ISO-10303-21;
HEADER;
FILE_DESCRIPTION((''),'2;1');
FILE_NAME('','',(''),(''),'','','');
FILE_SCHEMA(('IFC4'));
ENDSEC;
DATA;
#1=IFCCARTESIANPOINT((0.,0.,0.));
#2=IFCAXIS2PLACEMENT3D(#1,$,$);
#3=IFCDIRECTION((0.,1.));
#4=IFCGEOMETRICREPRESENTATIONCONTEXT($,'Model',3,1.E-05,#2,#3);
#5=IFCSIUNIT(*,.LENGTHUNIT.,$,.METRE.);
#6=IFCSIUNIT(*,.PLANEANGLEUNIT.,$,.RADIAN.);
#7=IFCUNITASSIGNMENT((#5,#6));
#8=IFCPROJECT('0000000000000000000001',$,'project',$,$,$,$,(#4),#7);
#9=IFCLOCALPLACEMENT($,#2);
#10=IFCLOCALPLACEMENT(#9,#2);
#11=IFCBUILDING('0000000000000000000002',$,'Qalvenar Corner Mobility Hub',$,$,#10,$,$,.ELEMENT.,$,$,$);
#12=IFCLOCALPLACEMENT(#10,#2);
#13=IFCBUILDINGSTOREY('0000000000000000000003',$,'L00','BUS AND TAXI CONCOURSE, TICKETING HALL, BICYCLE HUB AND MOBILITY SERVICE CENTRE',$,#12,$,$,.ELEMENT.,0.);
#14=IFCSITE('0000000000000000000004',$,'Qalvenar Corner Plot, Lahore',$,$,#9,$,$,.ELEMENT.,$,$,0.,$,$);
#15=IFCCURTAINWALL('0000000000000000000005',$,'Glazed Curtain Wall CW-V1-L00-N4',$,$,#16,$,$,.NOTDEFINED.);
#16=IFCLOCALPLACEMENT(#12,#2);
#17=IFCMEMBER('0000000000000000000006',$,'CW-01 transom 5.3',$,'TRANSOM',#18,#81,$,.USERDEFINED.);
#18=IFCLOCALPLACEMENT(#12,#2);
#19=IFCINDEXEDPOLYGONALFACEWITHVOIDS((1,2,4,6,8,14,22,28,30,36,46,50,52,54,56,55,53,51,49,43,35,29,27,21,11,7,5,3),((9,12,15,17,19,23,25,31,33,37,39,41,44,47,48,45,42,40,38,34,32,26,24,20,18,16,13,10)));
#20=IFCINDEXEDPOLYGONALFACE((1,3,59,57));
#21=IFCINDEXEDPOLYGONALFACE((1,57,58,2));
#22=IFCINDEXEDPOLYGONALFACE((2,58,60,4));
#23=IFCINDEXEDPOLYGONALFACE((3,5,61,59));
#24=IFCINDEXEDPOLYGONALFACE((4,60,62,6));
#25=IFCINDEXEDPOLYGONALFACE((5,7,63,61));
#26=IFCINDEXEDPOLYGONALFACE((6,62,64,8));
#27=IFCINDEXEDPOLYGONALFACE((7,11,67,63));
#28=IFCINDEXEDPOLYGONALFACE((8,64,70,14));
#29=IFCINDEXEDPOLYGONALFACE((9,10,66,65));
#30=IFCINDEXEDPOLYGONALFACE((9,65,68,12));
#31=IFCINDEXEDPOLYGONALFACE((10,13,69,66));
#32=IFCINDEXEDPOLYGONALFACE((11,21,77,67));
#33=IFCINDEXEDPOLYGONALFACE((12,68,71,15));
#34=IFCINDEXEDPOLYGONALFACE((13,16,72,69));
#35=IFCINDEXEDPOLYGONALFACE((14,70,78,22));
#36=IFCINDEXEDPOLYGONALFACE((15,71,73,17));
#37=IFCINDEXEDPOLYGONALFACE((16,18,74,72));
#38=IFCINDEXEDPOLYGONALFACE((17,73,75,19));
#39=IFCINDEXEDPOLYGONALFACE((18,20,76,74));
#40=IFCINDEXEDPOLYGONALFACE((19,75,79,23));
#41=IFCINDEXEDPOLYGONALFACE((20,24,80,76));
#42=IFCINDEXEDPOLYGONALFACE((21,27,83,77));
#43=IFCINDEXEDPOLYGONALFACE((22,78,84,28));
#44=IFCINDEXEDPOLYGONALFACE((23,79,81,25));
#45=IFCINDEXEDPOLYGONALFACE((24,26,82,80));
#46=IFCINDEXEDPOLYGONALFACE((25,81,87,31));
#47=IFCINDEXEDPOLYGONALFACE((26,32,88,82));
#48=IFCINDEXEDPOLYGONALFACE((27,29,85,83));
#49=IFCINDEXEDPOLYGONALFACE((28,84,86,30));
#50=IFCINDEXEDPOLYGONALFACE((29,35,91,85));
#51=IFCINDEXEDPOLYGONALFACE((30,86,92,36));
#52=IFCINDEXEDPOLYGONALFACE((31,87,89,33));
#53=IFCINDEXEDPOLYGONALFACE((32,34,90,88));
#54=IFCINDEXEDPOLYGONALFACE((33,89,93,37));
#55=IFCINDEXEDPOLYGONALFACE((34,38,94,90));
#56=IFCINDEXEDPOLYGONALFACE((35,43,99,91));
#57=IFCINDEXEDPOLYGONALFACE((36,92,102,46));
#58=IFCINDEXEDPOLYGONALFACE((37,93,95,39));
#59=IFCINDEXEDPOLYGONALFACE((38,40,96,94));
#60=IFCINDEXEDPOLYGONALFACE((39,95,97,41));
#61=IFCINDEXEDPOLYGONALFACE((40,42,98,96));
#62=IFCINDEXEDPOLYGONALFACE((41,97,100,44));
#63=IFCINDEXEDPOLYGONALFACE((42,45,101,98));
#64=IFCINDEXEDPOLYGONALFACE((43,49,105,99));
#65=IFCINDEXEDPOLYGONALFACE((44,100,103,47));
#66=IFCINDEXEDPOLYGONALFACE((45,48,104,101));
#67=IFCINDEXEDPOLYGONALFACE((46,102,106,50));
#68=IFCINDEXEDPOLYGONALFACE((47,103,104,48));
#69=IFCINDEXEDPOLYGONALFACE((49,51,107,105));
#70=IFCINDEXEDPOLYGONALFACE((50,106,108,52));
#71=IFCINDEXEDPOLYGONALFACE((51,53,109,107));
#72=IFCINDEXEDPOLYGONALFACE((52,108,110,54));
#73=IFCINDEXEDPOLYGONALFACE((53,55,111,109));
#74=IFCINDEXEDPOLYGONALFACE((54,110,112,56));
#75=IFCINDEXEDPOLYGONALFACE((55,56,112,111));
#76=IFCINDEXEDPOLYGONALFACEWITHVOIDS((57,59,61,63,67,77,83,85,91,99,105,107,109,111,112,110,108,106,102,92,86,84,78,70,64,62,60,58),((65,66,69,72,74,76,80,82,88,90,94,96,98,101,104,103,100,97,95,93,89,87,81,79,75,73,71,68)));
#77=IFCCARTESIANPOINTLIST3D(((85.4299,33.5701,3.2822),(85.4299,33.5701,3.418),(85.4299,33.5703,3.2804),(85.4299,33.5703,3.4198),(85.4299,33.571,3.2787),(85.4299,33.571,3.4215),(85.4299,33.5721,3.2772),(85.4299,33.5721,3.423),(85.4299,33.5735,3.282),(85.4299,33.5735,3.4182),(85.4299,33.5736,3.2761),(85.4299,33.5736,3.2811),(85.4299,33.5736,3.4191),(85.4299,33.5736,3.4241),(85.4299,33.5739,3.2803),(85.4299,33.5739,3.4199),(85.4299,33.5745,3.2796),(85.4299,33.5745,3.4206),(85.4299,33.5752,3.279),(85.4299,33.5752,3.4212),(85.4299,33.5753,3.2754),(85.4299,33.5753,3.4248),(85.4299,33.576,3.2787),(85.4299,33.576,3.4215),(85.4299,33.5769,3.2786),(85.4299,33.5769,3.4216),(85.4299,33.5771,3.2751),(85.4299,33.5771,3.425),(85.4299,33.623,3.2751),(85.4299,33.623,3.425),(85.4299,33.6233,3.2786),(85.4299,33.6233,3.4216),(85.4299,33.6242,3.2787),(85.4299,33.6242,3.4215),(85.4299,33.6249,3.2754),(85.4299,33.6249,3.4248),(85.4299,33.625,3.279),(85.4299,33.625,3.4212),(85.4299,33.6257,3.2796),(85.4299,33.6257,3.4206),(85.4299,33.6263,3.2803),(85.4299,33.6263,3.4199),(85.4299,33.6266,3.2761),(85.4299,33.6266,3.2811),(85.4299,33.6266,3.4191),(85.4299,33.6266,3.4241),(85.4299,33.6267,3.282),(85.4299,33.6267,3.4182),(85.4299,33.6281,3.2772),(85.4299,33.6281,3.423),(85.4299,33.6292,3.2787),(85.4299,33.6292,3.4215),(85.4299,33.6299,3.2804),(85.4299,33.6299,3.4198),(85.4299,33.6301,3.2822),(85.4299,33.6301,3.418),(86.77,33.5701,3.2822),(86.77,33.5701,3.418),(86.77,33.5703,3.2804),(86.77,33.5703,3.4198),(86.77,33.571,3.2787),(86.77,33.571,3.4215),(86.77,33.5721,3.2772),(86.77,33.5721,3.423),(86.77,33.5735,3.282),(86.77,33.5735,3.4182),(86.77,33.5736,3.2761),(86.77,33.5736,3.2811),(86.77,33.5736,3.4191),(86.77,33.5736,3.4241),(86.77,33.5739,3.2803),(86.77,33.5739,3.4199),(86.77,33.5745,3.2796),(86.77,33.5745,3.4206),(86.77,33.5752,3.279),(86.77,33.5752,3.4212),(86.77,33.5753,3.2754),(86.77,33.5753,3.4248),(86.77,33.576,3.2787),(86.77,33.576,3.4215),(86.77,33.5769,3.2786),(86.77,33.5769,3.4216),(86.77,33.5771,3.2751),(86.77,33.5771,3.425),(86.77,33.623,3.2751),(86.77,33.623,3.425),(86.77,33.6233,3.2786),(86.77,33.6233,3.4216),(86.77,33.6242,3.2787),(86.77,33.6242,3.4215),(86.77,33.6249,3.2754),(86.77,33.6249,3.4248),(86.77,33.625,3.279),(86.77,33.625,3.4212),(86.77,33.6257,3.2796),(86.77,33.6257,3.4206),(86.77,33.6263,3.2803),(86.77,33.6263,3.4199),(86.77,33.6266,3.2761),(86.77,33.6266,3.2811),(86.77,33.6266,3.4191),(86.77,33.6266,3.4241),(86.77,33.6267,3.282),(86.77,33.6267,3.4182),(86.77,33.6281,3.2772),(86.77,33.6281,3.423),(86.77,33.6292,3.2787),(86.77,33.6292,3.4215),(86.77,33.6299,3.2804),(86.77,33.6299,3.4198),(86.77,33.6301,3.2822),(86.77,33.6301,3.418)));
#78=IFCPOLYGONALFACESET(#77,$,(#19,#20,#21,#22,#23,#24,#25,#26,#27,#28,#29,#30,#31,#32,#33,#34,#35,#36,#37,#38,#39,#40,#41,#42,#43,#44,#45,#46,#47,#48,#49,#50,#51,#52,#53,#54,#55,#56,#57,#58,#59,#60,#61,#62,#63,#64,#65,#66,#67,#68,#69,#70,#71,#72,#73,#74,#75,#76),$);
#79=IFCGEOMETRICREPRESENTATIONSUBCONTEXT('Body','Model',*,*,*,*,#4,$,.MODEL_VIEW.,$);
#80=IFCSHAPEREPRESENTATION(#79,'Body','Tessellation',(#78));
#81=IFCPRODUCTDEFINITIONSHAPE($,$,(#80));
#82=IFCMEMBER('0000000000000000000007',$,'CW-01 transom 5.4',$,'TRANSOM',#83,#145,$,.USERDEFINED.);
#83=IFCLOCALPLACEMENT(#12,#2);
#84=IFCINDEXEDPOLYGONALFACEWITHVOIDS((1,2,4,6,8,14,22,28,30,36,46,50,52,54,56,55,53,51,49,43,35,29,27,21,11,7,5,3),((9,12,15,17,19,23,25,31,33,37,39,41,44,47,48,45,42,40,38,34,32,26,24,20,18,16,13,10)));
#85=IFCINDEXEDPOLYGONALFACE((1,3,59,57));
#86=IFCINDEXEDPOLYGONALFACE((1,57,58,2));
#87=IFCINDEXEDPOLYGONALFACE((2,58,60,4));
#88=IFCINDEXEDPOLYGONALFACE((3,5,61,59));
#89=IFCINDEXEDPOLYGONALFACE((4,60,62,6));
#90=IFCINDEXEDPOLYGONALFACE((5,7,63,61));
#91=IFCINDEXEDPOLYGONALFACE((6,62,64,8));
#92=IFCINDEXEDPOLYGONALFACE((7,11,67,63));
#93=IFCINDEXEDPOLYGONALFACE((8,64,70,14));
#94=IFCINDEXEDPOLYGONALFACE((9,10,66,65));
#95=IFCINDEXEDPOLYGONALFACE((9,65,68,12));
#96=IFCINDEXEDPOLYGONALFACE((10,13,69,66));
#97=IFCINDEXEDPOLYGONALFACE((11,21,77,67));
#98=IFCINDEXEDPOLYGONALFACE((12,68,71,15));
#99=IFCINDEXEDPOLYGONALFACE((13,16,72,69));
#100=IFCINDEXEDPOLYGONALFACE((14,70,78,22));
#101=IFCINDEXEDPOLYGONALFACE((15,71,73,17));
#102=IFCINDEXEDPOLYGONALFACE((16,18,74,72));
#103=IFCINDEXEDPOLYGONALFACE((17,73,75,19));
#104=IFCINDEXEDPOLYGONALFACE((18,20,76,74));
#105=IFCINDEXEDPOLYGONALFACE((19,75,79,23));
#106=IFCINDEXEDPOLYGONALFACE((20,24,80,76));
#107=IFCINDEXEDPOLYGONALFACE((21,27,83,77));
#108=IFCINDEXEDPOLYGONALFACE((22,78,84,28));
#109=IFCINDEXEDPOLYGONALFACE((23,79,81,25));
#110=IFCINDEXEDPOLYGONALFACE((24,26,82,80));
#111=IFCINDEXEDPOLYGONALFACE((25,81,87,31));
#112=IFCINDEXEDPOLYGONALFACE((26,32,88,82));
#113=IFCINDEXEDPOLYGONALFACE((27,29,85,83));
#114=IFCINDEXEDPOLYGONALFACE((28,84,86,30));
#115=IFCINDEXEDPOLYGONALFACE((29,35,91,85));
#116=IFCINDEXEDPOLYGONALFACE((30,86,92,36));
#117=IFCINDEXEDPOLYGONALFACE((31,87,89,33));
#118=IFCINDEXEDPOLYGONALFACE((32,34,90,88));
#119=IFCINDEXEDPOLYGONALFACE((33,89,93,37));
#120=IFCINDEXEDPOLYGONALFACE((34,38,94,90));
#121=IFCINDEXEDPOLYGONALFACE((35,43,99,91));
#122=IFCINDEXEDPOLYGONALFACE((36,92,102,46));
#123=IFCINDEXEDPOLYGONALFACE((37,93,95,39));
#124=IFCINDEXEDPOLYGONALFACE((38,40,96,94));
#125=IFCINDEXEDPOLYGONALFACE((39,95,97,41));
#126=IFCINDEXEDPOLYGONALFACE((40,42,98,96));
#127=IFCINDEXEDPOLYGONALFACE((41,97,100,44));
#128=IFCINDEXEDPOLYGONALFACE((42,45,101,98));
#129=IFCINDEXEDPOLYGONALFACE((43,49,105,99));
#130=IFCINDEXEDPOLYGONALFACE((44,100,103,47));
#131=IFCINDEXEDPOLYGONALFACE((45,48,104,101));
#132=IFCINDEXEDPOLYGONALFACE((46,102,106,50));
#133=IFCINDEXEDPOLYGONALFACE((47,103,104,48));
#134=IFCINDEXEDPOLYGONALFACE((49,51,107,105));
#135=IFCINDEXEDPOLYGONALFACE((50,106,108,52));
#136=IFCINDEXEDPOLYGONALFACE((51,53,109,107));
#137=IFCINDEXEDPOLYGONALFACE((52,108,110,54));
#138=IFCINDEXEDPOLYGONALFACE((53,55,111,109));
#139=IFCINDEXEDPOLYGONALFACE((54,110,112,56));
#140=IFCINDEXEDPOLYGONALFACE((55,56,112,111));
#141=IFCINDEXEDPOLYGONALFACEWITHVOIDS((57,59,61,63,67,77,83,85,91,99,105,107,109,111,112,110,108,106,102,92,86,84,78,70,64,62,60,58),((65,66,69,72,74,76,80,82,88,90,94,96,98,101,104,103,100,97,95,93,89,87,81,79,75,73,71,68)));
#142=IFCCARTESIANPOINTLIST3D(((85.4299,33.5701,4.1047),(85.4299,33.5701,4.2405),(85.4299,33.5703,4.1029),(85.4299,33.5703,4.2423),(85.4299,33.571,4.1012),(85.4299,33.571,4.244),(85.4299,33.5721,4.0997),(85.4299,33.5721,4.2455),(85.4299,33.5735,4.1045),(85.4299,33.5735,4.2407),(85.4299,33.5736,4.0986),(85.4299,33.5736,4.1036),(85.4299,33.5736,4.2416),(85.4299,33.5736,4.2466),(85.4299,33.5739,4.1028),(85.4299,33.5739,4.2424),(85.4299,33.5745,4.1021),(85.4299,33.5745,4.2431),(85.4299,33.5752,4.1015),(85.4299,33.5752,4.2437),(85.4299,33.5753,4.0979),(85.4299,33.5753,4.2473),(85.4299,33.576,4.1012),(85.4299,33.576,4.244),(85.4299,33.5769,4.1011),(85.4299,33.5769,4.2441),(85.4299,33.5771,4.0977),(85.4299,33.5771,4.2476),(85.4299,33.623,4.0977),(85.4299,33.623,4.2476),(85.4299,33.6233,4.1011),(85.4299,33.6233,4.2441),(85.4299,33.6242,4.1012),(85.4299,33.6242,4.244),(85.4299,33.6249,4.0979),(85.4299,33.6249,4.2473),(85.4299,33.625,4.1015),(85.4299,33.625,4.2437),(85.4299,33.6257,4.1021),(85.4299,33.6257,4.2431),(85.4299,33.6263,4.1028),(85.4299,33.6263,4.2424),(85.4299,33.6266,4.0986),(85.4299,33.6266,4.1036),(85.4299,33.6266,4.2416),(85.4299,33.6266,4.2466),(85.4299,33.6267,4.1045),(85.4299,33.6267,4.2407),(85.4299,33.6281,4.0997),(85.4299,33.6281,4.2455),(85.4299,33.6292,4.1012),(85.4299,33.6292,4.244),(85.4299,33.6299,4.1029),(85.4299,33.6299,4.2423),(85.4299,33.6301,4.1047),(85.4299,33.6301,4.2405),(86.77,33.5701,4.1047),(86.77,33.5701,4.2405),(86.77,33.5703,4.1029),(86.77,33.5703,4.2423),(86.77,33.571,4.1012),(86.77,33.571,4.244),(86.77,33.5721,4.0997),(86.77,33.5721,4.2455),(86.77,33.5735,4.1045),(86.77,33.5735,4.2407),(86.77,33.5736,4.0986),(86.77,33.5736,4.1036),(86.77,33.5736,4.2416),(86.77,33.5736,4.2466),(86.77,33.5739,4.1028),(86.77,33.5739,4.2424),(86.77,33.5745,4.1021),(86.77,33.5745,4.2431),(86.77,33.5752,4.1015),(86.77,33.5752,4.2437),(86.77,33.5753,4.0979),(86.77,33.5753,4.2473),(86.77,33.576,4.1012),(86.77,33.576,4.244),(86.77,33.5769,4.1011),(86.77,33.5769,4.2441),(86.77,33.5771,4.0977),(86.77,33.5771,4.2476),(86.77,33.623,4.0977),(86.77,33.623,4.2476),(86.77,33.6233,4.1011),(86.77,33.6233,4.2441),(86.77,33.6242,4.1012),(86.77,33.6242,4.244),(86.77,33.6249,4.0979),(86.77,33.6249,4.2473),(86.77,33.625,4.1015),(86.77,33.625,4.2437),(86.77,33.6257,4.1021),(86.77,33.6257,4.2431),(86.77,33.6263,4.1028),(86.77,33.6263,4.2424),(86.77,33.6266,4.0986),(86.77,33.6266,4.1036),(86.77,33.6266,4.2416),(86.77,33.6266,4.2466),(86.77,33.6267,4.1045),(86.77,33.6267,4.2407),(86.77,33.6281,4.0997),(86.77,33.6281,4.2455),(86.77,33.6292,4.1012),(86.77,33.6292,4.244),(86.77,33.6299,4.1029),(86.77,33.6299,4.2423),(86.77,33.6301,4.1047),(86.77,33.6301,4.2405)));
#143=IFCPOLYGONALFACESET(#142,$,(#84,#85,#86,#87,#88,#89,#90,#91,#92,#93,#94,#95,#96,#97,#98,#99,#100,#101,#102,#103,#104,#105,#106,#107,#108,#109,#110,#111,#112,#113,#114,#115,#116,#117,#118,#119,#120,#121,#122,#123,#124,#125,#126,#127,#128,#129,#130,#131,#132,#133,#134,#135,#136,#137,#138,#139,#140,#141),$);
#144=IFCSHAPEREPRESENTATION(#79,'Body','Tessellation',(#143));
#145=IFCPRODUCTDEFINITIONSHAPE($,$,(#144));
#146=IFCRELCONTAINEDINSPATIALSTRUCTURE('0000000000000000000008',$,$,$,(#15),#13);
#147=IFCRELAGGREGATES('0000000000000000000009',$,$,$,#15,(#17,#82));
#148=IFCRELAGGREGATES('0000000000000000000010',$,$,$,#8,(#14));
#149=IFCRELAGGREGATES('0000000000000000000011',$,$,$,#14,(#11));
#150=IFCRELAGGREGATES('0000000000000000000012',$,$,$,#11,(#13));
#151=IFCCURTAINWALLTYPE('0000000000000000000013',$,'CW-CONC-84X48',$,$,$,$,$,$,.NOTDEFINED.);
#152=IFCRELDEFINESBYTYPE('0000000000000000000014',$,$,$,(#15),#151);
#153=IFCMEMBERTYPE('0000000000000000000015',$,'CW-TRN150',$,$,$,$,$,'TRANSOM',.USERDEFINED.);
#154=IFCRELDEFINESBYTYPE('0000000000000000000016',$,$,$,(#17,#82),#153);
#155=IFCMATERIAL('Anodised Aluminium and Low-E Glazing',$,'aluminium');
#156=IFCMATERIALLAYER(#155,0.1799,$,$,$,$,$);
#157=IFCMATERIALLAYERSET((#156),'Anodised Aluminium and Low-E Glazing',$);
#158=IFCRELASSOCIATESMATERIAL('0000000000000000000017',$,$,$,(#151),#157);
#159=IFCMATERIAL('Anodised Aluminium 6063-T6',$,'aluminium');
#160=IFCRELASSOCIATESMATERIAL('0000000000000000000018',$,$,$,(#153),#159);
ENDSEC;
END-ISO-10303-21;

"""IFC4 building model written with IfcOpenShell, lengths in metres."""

from ifc_helpers import new_model, si_unit, direction, frame, origin, origin_2d, place, context, subcontext, project, spatial, hollow_rectangle, extrude, material, layer, layer_set, material_profile, profile_set, type_object, element, aggregate, save


model = new_model("IFC4")

# Units and contexts
model_context = context("Model", 3, precision=1e-05, world=origin(), true_north=direction((0.0, 1.0)))
body_context = subcontext(model_context, "Body", "Model", "MODEL_VIEW")
ifc_project = project(units=[si_unit("LENGTHUNIT", "METRE"), si_unit("PLANEANGLEUNIT", "RADIAN")], contexts=[model_context])

# Site, building, storey
site_placement = place(None, origin())
site = spatial("IfcSite", under=ifc_project, at=site_placement, Name="Qalvenar Corner Plot, Lahore", CompositionType="ELEMENT", RefElevation=0.0)
building_placement = place(site_placement, origin())
building = spatial("IfcBuilding", under=site, at=building_placement, Name="Qalvenar Corner Mobility Hub", CompositionType="ELEMENT")
storey_placement = place(building_placement, origin())
storey = spatial("IfcBuildingStorey", under=building, at=storey_placement, Name="L00", Description="BUS AND TAXI CONCOURSE, TICKETING HALL, BICYCLE HUB AND MOBILITY SERVICE CENTRE", CompositionType="ELEMENT", Elevation=0.0)

# Curtain wall, members
ifc_material_1 = material(Name="Anodised Aluminium and Low-E Glazing", Category="aluminium")
ifc_layer_1 = layer(ifc_material_1, 0.1799)
ifc_layer_set_1 = layer_set([ifc_layer_1], Name="Anodised Aluminium and Low-E Glazing")
curtain_wall_type = type_object("IfcCurtainWallType", Name="CW-CONC-84X48", PredefinedType="NOTDEFINED", material=ifc_layer_set_1)
curtain_wall_placement = place(storey_placement, origin())
curtain_wall = element("IfcCurtainWall", 1, at=curtain_wall_placement, inside=storey, type_object=curtain_wall_type, Name="Glazed Curtain Wall CW-V1-L00-N4", PredefinedType="NOTDEFINED")
ifc_material_2 = material(Name="Anodised Aluminium 6063-T6", Category="aluminium")
ifc_material_profile_1 = material_profile(ifc_material_2, hollow_rectangle(XDim=0.0601, YDim=0.1499, WallThickness=0.0034, InnerFilletRadius=0.0034, OuterFilletRadius=0.0071, at=origin_2d()), Name="RHS150x60x3.5")
ifc_profile_set_1 = profile_set([ifc_material_profile_1], Name="Anodised Aluminium 6063-T6")
member_type_1 = type_object("IfcMemberType", Name="CW-TRN150", ElementType="TRANSOM", PredefinedType="USERDEFINED", material=ifc_profile_set_1)
member_1_placement = place(storey_placement, frame((86.77, 33.6001, 3.3501), z_axis=(-1.0, 0.0, 0.0), x_axis=(0.0, -1.0, 0.0)))
member_1 = element("IfcMember", 2, at=member_1_placement, type_object=member_type_1, Name="CW-01 transom 5.3", ObjectType="TRANSOM", PredefinedType="USERDEFINED", context=body_context, shape_type="SweptSolid", body=[
    extrude(hollow_rectangle(XDim=0.0601, YDim=0.1499, WallThickness=0.0034, InnerFilletRadius=0.0034, OuterFilletRadius=0.0071, at=origin_2d()), origin(), (0.0, 0.0, 1.0), 1.3401),
])
member_2_placement = place(storey_placement, frame((86.77, 33.6001, 4.1726), z_axis=(-1.0, 0.0, 0.0), x_axis=(0.0, -1.0, 0.0)))
member_2 = element("IfcMember", 3, at=member_2_placement, type_object=member_type_1, Name="CW-01 transom 5.4", ObjectType="TRANSOM", PredefinedType="USERDEFINED", context=body_context, shape_type="SweptSolid", body=[
    extrude(hollow_rectangle(XDim=0.0601, YDim=0.1499, WallThickness=0.0034, InnerFilletRadius=0.0034, OuterFilletRadius=0.0071, at=origin_2d()), origin(), (0.0, 0.0, 1.0), 1.3401),
])
aggregate(curtain_wall, [member_1, member_2])

save(model, "model.ifc")
